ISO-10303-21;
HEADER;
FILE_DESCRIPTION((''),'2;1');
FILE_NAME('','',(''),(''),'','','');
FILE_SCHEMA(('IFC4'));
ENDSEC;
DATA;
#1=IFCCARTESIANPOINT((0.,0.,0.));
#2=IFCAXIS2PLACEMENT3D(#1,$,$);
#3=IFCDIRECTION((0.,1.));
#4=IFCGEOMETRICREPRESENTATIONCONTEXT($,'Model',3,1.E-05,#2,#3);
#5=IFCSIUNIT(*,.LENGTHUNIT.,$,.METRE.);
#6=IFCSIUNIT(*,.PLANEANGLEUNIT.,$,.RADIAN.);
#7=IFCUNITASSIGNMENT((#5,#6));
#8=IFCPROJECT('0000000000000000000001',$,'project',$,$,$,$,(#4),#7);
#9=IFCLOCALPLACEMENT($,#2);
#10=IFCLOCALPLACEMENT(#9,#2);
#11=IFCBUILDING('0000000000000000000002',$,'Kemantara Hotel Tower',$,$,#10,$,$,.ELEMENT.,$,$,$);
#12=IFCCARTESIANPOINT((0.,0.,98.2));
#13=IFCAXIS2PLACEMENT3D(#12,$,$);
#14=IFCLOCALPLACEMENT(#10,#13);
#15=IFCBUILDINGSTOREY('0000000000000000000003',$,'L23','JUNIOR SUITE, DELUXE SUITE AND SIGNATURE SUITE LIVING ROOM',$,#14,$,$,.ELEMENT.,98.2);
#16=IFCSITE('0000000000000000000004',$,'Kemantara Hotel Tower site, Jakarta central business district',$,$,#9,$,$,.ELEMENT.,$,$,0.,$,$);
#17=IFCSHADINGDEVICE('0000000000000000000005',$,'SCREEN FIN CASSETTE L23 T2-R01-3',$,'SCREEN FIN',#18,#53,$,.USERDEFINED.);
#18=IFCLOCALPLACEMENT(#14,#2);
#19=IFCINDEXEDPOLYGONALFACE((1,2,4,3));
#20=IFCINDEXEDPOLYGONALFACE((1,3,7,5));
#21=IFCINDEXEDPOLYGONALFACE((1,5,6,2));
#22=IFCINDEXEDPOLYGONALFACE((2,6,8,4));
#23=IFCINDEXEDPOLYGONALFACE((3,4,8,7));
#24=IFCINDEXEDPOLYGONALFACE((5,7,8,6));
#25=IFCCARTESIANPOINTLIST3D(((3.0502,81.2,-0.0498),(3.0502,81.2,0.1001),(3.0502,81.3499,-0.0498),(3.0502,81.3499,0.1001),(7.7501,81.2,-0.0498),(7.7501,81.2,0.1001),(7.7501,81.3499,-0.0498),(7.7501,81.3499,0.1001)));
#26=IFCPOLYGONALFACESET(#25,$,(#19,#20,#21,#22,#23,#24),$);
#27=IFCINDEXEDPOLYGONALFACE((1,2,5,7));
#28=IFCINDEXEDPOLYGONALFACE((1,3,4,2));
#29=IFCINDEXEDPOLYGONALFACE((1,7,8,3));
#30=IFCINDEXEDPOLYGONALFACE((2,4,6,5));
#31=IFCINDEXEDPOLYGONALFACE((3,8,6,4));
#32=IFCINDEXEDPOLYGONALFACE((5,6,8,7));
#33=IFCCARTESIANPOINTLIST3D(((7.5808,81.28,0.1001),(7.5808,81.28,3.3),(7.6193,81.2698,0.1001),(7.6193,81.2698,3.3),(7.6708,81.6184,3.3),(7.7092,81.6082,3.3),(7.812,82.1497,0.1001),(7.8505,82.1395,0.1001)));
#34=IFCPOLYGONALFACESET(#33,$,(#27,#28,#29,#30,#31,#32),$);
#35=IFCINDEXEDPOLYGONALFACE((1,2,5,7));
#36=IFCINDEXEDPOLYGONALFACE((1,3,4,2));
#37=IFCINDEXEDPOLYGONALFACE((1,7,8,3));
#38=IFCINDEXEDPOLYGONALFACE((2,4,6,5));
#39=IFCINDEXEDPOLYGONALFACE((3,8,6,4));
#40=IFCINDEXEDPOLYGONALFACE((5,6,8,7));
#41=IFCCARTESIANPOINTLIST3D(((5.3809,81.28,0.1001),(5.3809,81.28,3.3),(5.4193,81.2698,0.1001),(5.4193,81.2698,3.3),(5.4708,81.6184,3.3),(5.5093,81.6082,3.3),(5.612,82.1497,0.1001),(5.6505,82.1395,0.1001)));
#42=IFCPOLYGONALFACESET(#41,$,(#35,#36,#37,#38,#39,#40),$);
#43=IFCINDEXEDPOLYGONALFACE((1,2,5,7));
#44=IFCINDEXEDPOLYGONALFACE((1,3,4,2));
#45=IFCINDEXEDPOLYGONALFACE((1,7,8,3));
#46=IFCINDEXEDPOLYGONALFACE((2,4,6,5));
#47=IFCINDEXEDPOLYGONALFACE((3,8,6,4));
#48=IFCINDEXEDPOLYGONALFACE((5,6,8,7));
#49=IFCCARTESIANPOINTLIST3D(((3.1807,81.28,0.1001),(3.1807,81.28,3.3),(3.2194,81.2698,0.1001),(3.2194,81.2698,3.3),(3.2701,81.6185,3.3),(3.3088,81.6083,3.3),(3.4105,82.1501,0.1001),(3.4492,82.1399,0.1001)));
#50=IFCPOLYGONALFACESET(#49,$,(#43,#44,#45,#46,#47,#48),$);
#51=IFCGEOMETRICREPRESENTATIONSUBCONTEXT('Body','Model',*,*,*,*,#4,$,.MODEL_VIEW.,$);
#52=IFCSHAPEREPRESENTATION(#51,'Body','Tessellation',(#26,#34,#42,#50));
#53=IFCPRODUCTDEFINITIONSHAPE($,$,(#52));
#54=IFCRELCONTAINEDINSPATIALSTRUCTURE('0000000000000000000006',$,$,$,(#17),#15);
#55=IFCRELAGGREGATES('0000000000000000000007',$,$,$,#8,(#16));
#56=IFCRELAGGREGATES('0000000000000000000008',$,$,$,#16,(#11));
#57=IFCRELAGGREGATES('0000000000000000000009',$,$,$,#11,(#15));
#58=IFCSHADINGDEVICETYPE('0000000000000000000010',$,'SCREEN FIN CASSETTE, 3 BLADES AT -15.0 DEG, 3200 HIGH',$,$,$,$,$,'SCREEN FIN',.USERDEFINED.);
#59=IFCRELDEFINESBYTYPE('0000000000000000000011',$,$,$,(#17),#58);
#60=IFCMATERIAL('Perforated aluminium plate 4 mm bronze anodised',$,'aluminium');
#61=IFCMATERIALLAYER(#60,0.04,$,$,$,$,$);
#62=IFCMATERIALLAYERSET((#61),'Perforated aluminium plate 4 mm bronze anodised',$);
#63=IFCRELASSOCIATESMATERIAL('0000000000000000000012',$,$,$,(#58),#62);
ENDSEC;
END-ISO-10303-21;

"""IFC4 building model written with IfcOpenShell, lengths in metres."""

from ifc_helpers import new_model, si_unit, direction, frame, origin, origin_2d, place, context, subcontext, project, spatial, polyline, rectangle, outline, extrude, source, transform, mapped, material, layer, layer_set, type_object, element, save


model = new_model("IFC4")

# Units and contexts
model_context = context("Model", 3, precision=1e-05, world=origin(), true_north=direction((0.0, 1.0)))
body_context = subcontext(model_context, "Body", "Model", "MODEL_VIEW")
ifc_project = project(units=[si_unit("LENGTHUNIT", "METRE"), si_unit("PLANEANGLEUNIT", "RADIAN")], contexts=[model_context])

# Site, building, storey
site_placement = place(None, origin())
site = spatial("IfcSite", under=ifc_project, at=site_placement, Name="Kemantara Hotel Tower site, Jakarta central business district", CompositionType="ELEMENT", RefElevation=0.0)
building_placement = place(site_placement, origin())
building = spatial("IfcBuilding", under=site, at=building_placement, Name="Kemantara Hotel Tower", CompositionType="ELEMENT")
storey_placement = place(building_placement, frame((0.0, 0.0, 98.2)))
storey = spatial("IfcBuildingStorey", under=building, at=storey_placement, Name="L23", Description="JUNIOR SUITE, DELUXE SUITE AND SIGNATURE SUITE LIVING ROOM", CompositionType="ELEMENT", Elevation=98.2)

# Shading device
ifc_material_1 = material(Name="Perforated aluminium plate 4 mm bronze anodised", Category="aluminium")
ifc_layer_1 = layer(ifc_material_1, 0.04)
ifc_layer_set_1 = layer_set([ifc_layer_1], Name="Perforated aluminium plate 4 mm bronze anodised")
shading_device_type = type_object("IfcShadingDeviceType", Name="SCREEN FIN CASSETTE, 3 BLADES AT -15.0 DEG, 3200 HIGH", ElementType="SCREEN FIN", PredefinedType="USERDEFINED", material=ifc_layer_set_1)
shared_shape_1 = source(origin(), body_context, "Body", "SweptSolid", [
    extrude(rectangle(XDim=4.7, YDim=0.1499, at=origin_2d()), frame((2.2, -0.075, -0.1499), z_axis=(0.0, 0.0, 1.0), x_axis=(1.0, 0.0, 0.0)), (0.0, 0.0, 1.0), 0.1499),
    extrude(outline(polyline([(0.0, 0.0), (0.8999, 0.0), (0.3501, 3.2), (0.0, 3.2), (0.0, 0.0)])), frame((0.0193, -0.0801, 0.0), z_axis=(-0.966438, 0.256901, 0.0), x_axis=(-0.256901, -0.966438, 0.0)), (0.0, 0.0, 1.0), 0.0398),
    extrude(outline(polyline([(0.0, 0.0), (0.8999, 0.0), (0.3501, 3.2), (0.0, 3.2), (0.0, 0.0)])), frame((2.2192, -0.0801, 0.0), z_axis=(-0.966438, 0.256901, 0.0), x_axis=(-0.256901, -0.966438, 0.0)), (0.0, 0.0, 1.0), 0.0398),
    extrude(outline(polyline([(0.0, 0.0), (0.8999, 0.0), (0.3501, 3.2), (0.0, 3.2), (0.0, 0.0)])), frame((4.4194, -0.0801, 0.0), z_axis=(-0.966838, 0.255391, 0.0), x_axis=(-0.255391, -0.966838, 0.0)), (0.0, 0.0, 1.0), 0.04),
])
shading_device_placement = place(storey_placement, frame((7.6001, 81.2, 0.1001), z_axis=(0.0, 0.0, 1.0), x_axis=(-1.0, 0.0, 0.0)))
element("IfcShadingDevice", 1, at=shading_device_placement, inside=storey, type_object=shading_device_type, Name="SCREEN FIN CASSETTE L23 T2-R01-3", ObjectType="SCREEN FIN", PredefinedType="USERDEFINED", context=body_context, shape_type="MappedRepresentation", body=[
    mapped(shared_shape_1, transform((0.0, 0.0, 0.0))),
])

save(model, "model.ifc")
